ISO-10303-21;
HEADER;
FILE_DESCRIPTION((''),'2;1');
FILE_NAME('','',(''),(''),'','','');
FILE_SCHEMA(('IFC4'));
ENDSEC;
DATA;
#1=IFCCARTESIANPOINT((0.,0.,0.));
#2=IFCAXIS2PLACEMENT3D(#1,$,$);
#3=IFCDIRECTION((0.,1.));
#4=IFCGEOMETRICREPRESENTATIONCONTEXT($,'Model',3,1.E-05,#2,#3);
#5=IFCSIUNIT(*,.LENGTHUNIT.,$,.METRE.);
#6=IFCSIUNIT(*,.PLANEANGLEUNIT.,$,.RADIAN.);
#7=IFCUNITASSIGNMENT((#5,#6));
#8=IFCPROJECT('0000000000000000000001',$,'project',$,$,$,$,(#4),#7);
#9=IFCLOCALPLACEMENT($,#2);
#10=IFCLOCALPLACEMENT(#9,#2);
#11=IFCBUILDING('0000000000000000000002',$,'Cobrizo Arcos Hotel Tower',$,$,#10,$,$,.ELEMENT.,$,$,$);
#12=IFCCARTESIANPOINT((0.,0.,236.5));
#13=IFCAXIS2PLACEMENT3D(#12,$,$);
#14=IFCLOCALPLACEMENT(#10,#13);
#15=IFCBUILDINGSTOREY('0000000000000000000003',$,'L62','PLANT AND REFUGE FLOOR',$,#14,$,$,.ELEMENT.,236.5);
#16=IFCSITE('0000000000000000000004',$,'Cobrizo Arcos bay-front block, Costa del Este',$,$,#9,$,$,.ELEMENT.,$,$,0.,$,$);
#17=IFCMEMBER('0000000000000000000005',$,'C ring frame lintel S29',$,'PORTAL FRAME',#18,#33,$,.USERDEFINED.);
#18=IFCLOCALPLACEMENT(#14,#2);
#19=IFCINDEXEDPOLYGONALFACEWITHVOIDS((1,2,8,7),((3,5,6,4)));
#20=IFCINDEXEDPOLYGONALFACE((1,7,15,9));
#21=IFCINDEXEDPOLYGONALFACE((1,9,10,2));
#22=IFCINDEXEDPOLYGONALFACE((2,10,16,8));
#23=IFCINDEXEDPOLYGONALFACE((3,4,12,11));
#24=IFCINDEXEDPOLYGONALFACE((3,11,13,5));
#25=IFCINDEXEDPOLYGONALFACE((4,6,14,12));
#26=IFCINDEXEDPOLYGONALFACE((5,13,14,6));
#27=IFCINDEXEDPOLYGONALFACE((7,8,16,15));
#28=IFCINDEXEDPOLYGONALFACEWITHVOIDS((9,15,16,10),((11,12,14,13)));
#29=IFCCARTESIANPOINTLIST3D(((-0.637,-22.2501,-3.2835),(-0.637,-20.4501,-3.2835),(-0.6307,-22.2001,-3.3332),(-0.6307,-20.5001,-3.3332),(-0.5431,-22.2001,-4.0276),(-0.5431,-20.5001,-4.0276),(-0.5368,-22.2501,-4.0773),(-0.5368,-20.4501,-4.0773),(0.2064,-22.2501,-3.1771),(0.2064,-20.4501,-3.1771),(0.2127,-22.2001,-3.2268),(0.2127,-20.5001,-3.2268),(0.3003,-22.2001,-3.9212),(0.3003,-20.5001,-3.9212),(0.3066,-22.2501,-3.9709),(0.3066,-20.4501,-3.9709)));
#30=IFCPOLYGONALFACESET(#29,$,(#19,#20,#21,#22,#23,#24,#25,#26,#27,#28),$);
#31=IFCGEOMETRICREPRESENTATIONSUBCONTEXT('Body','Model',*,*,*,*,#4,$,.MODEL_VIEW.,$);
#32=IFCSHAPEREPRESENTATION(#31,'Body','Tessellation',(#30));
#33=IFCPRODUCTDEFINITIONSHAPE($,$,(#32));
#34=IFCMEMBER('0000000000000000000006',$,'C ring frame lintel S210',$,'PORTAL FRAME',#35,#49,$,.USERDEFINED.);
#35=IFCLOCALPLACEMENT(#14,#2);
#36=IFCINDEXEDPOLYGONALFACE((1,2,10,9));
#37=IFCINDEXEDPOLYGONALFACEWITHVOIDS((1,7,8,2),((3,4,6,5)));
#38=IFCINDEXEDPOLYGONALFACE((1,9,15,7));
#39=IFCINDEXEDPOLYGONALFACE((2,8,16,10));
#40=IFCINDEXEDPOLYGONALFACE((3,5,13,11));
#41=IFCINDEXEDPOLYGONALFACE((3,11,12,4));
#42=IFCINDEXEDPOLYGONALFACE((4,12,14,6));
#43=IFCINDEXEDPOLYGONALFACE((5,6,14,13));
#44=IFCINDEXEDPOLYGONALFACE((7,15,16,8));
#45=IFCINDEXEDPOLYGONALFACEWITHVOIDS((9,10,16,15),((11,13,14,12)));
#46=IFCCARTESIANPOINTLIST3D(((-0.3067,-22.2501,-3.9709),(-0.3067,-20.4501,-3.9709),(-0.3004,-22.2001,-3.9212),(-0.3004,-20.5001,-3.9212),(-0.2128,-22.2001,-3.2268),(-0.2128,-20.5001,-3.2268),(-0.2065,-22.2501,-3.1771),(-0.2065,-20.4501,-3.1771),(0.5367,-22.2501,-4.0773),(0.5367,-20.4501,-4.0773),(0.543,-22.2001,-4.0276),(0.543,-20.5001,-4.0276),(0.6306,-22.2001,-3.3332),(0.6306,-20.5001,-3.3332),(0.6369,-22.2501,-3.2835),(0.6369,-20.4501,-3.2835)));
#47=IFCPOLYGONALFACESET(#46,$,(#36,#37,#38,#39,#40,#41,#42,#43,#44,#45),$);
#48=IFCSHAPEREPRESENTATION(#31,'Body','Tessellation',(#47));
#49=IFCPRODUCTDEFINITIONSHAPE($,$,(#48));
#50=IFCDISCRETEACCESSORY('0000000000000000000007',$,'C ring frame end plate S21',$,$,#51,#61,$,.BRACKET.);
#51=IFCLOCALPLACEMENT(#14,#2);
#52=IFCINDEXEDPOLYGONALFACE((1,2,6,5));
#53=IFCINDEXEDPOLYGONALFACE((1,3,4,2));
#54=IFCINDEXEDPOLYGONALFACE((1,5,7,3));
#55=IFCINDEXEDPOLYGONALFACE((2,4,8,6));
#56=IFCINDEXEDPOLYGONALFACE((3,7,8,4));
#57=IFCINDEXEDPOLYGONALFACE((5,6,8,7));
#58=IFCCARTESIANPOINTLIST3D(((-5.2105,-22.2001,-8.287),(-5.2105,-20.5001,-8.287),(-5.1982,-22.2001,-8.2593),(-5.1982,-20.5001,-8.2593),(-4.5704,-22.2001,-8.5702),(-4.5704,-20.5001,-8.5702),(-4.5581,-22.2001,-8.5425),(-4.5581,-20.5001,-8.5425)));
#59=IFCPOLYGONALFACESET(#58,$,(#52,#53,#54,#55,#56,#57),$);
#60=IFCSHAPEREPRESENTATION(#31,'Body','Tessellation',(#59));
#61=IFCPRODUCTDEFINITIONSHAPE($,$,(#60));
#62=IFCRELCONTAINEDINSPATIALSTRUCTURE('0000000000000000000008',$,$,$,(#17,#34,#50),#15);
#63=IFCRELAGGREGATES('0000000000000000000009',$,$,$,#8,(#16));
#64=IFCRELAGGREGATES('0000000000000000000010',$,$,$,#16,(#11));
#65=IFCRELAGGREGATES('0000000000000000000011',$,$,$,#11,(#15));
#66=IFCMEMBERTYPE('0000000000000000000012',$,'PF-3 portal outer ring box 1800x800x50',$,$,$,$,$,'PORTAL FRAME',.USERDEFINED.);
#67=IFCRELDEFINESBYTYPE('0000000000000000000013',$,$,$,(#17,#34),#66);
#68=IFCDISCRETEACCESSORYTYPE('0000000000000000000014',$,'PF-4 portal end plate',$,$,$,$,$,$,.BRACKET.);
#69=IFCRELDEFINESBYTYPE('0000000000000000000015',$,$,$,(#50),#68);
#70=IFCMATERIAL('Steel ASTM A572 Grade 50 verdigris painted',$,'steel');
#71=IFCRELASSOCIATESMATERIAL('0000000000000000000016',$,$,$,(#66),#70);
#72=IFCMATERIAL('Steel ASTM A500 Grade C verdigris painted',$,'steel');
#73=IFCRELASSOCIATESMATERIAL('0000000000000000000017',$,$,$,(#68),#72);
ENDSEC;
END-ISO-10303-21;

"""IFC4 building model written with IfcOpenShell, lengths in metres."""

from ifc_helpers import new_model, si_unit, direction, frame, origin, origin_2d, place, context, subcontext, project, spatial, rectangle, hollow_rectangle, extrude, material, material_profile, profile_set, type_object, element, save


model = new_model("IFC4")

# Units and contexts
model_context = context("Model", 3, precision=1e-05, world=origin(), true_north=direction((0.0, 1.0)))
body_context = subcontext(model_context, "Body", "Model", "MODEL_VIEW")
ifc_project = project(units=[si_unit("LENGTHUNIT", "METRE"), si_unit("PLANEANGLEUNIT", "RADIAN")], contexts=[model_context])

# Site, building, storey
site_placement = place(None, origin())
site = spatial("IfcSite", under=ifc_project, at=site_placement, Name="Cobrizo Arcos bay-front block, Costa del Este", CompositionType="ELEMENT", RefElevation=0.0)
building_placement = place(site_placement, origin())
building = spatial("IfcBuilding", under=site, at=building_placement, Name="Cobrizo Arcos Hotel Tower", CompositionType="ELEMENT")
storey_placement = place(building_placement, frame((0.0, 0.0, 236.5)))
storey = spatial("IfcBuildingStorey", under=building, at=storey_placement, Name="L62", Description="PLANT AND REFUGE FLOOR", CompositionType="ELEMENT", Elevation=236.5)

# Members
ifc_material_1 = material(Name="Steel ASTM A572 Grade 50 verdigris painted", Category="steel")
ifc_material_profile_1 = material_profile(ifc_material_1, hollow_rectangle(XDim=1.8, YDim=0.8, WallThickness=0.05, at=origin_2d()), Name="PF-3 portal outer ring box 1800x800x50")
ifc_profile_set_1 = profile_set([ifc_material_profile_1], Name="Steel ASTM A572 Grade 50 verdigris painted")
member_type_1 = type_object("IfcMemberType", Name="PF-3 portal outer ring box 1800x800x50", ElementType="PORTAL FRAME", PredefinedType="USERDEFINED", material=ifc_profile_set_1)
for number, where, z_axis, x_axis, name in (
    (1, (-0.5869, -21.3501, -3.6804), (0.992131, 0.0, 0.125201), (0.0, 1.0, 0.0), "C ring frame lintel S29"),
    (2, (-0.2566, -21.3501, -3.574), (0.992131, 0.0, -0.125201), (0.0, 1.0, 0.0), "C ring frame lintel S210"),
):
    element("IfcMember", number, at=place(storey_placement, frame(where, z_axis=z_axis, x_axis=x_axis)), inside=storey, type_object=member_type_1, Name=name, ObjectType="PORTAL FRAME", PredefinedType="USERDEFINED", context=body_context, shape_type="SweptSolid", body=[
        extrude(hollow_rectangle(XDim=1.8, YDim=0.8, WallThickness=0.05, at=origin_2d()), origin(), (0.0, 0.0, 1.0), 0.8501),
    ])

# Discrete accessory
ifc_material_2 = material(Name="Steel ASTM A500 Grade C verdigris painted", Category="steel")
discrete_accessory_type = type_object("IfcDiscreteAccessoryType", Name="PF-4 portal end plate", PredefinedType="BRACKET", material=ifc_material_2)
discrete_accessory_placement = place(storey_placement, frame((-4.8782, -21.3501, -8.4009), z_axis=(-0.404636, 0.0, -0.914478), x_axis=(0.0, -1.0, 0.0)))
element("IfcDiscreteAccessory", 3, at=discrete_accessory_placement, inside=storey, type_object=discrete_accessory_type, Name="C ring frame end plate S21", PredefinedType="BRACKET", context=body_context, shape_type="SweptSolid", body=[
    extrude(rectangle(XDim=1.7, YDim=0.7, at=origin_2d()), origin(), (0.0, 0.0, 1.0), 0.0303),
])

save(model, "model.ifc")
